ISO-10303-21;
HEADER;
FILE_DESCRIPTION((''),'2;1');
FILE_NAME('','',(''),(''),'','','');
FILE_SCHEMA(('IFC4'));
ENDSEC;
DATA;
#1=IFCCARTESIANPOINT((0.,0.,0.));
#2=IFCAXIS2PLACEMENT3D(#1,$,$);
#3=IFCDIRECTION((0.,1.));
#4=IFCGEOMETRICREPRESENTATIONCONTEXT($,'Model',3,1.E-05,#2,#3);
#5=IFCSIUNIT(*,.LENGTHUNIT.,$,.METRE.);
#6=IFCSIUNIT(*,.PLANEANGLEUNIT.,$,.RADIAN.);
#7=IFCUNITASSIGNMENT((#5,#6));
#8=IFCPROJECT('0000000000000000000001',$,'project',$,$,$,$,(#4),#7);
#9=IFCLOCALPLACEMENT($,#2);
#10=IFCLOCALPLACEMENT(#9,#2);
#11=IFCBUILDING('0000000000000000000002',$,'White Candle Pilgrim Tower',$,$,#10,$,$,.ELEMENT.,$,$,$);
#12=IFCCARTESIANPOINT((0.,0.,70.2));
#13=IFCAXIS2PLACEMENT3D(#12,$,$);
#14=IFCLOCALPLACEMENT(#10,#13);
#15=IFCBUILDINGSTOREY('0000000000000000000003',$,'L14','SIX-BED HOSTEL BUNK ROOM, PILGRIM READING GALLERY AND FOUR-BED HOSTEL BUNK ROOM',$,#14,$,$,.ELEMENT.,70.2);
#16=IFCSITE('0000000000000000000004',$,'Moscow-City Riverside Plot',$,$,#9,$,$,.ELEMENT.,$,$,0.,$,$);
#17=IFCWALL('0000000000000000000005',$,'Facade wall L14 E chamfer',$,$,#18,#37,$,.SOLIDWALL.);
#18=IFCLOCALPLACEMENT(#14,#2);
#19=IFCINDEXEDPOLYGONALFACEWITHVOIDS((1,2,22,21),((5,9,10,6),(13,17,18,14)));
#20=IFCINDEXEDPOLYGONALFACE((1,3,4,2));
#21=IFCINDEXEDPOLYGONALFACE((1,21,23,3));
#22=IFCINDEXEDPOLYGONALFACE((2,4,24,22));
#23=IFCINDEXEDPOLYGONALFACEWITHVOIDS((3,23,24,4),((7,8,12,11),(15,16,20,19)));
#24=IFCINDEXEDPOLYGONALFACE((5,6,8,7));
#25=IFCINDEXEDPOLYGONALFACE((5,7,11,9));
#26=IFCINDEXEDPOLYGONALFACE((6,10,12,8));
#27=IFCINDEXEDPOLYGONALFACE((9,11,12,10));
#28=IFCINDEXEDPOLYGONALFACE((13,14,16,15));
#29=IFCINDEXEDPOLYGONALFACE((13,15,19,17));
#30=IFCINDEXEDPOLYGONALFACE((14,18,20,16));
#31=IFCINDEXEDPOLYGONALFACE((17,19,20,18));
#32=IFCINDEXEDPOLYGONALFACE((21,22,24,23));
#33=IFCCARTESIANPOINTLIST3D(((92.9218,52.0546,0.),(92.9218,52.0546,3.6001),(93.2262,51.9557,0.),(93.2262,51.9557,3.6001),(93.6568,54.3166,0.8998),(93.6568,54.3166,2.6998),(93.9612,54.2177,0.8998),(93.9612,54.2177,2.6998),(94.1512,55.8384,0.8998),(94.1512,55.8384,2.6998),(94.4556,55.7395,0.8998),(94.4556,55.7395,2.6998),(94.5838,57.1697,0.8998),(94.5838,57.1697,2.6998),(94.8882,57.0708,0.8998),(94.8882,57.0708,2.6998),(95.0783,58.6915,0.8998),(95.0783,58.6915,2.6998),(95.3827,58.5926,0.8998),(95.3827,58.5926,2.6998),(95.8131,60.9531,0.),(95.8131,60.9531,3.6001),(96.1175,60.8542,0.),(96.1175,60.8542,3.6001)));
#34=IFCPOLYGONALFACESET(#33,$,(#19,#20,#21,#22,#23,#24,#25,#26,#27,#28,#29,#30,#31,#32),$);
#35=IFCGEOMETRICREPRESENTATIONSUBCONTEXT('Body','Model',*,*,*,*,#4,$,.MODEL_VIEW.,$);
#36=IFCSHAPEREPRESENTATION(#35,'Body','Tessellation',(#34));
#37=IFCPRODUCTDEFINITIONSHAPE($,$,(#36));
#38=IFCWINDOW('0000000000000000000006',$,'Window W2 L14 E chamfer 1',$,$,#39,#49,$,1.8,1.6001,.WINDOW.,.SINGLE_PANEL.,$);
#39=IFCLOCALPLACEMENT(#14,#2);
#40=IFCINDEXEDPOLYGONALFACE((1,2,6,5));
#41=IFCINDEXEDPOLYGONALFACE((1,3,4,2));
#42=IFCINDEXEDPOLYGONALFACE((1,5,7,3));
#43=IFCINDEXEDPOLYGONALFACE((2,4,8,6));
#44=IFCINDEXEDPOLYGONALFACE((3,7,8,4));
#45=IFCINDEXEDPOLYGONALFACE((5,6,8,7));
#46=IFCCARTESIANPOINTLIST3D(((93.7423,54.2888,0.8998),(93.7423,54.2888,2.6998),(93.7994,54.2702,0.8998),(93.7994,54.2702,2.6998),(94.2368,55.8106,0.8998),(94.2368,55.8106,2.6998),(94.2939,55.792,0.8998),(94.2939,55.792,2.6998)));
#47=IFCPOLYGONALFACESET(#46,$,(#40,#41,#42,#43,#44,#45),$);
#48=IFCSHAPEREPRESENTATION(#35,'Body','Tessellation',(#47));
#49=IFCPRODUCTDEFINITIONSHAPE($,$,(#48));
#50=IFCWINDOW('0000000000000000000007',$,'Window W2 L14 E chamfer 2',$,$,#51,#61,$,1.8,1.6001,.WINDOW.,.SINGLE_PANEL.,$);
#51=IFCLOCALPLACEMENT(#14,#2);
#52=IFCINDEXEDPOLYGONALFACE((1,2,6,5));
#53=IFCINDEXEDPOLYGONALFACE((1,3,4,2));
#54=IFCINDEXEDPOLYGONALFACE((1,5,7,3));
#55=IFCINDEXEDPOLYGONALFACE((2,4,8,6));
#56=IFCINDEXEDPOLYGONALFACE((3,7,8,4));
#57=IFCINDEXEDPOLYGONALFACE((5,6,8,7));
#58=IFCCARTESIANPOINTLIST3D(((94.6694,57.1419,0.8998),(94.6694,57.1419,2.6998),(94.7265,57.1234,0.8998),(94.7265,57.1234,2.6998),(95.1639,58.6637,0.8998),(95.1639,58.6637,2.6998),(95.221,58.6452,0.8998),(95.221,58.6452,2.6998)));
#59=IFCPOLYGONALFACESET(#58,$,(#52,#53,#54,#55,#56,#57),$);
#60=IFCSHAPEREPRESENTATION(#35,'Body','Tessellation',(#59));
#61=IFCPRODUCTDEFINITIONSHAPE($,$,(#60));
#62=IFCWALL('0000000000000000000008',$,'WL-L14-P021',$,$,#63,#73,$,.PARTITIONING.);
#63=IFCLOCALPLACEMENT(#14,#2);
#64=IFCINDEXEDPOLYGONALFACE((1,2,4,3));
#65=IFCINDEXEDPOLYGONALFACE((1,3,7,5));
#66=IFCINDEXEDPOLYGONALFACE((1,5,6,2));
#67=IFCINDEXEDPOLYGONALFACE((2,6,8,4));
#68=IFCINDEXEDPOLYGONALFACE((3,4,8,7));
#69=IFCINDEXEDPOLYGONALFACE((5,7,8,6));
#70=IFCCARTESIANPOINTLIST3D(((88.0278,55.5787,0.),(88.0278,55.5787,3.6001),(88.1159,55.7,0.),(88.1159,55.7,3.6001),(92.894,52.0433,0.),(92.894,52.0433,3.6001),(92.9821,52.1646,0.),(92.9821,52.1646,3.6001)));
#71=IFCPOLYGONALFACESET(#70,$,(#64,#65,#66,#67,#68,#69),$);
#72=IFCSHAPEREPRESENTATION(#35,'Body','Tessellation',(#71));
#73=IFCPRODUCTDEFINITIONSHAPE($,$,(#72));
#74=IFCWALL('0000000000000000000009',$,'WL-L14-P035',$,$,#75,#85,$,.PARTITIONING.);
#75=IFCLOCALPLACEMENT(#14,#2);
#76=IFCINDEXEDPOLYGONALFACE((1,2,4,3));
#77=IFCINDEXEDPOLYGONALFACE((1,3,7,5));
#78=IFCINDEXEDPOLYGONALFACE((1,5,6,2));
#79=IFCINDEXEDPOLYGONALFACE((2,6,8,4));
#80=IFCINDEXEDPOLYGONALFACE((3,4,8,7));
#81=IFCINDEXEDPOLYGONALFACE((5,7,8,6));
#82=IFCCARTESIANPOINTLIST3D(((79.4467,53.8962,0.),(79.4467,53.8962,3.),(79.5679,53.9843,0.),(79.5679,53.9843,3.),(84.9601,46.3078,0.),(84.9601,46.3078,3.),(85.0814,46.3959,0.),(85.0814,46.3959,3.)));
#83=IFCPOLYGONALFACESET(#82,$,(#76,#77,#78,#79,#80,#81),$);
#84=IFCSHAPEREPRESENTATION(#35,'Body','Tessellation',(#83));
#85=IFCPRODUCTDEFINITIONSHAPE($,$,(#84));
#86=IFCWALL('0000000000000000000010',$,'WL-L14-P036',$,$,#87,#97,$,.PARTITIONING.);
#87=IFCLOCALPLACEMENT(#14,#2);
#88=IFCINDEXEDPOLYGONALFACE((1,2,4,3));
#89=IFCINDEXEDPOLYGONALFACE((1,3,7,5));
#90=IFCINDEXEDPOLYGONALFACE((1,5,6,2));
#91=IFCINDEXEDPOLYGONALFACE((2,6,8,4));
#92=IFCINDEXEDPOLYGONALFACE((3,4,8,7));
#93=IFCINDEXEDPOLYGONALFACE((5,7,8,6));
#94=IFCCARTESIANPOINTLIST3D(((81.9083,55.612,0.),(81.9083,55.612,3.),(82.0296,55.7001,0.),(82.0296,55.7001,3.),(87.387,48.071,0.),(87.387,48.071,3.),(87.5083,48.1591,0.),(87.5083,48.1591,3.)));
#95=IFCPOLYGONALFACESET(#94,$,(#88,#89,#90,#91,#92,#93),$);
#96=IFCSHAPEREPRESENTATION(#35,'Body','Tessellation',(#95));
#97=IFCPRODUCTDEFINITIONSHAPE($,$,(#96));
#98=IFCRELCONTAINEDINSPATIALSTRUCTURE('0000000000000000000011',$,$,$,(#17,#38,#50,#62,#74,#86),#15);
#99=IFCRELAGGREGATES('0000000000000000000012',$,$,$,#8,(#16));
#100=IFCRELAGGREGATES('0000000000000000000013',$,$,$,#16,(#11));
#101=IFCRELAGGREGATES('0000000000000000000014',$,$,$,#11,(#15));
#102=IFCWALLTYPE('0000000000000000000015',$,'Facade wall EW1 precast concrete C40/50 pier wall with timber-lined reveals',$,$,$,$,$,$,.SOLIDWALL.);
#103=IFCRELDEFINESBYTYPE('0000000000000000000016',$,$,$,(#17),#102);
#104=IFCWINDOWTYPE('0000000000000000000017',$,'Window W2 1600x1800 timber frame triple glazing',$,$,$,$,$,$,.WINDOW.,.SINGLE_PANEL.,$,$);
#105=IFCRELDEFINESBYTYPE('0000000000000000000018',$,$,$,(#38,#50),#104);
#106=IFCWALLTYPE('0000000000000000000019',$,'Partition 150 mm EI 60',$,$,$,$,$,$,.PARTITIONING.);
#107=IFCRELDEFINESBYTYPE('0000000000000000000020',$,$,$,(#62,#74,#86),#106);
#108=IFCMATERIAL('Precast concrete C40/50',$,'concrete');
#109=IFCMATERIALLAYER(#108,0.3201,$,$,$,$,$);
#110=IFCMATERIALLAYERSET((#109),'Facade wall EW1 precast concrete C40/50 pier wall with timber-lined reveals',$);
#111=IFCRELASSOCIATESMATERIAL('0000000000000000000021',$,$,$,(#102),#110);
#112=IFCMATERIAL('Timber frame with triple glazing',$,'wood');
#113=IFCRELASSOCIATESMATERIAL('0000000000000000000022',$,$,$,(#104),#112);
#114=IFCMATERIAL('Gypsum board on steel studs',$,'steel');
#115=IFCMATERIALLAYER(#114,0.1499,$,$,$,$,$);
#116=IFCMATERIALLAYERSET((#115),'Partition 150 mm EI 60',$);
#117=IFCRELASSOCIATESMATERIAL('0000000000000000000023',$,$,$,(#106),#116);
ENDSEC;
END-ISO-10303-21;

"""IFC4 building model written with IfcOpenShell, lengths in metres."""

from ifc_helpers import new_model, si_unit, direction, frame, frame_2d, origin, place, context, subcontext, project, spatial, rectangle, extrude, material, layer, layer_set, type_object, element, fill, save


model = new_model("IFC4")

# Units and contexts
model_context = context("Model", 3, precision=1e-05, world=origin(), true_north=direction((0.0, 1.0)))
body_context = subcontext(model_context, "Body", "Model", "MODEL_VIEW")
ifc_project = project(units=[si_unit("LENGTHUNIT", "METRE"), si_unit("PLANEANGLEUNIT", "RADIAN")], contexts=[model_context])

# Site, building, storey
site_placement = place(None, origin())
site = spatial("IfcSite", under=ifc_project, at=site_placement, Name="Moscow-City Riverside Plot", CompositionType="ELEMENT", RefElevation=0.0)
building_placement = place(site_placement, origin())
building = spatial("IfcBuilding", under=site, at=building_placement, Name="White Candle Pilgrim Tower", CompositionType="ELEMENT")
storey_placement = place(building_placement, frame((0.0, 0.0, 70.2)))
storey = spatial("IfcBuildingStorey", under=building, at=storey_placement, Name="L14", Description="SIX-BED HOSTEL BUNK ROOM, PILGRIM READING GALLERY AND FOUR-BED HOSTEL BUNK ROOM", CompositionType="ELEMENT", Elevation=70.2)

# Shared definitions
ifc_material_1 = material(Name="Gypsum board on steel studs", Category="steel")

# Wall, openings, windows
ifc_material_2 = material(Name="Precast concrete C40/50", Category="concrete")
ifc_layer_1 = layer(ifc_material_2, 0.3201)
ifc_layer_set_1 = layer_set([ifc_layer_1], Name="Facade wall EW1 precast concrete C40/50 pier wall with timber-lined reveals")
wall_type_1 = type_object("IfcWallType", Name="Facade wall EW1 precast concrete C40/50 pier wall with timber-lined reveals", PredefinedType="SOLIDWALL", material=ifc_layer_set_1)
wall_1_placement = place(storey_placement, frame((93.074, 52.0051, 0.0), z_axis=(0.0, 0.0, 1.0), x_axis=(0.309025, 0.951054, 0.0)))
wall_1 = element("IfcWall", 1, at=wall_1_placement, inside=storey, type_object=wall_type_1, Name="Facade wall L14 E chamfer", PredefinedType="SOLIDWALL", context=body_context, shape_type="SweptSolid", body=[
    extrude(rectangle(XDim=9.3564, YDim=0.3201, at=frame_2d((4.6782, 0.0))), origin(), (0.0, 0.0, 1.0), 3.6001),
])
opening_1_placement = place(wall_1_placement, frame((2.3784, 0.0, 0.8999)))
opening_1 = element("IfcOpeningElement", 2, at=opening_1_placement, cuts=wall_1, PredefinedType="OPENING", context=body_context, shape_type="SweptSolid", body=[
    extrude(rectangle(XDim=1.6001, YDim=1.8, at=frame_2d((0.8, 0.8999))), frame((0.0, 0.1699, 0.0), z_axis=(0.0, -1.0, 0.0), x_axis=(1.0, 0.0, 0.0)), (0.0, 0.0, 1.0), 0.3401),
])
opening_2_placement = place(wall_1_placement, frame((5.3784, 0.0, 0.8999)))
opening_2 = element("IfcOpeningElement", 3, at=opening_2_placement, cuts=wall_1, PredefinedType="OPENING", context=body_context, shape_type="SweptSolid", body=[
    extrude(rectangle(XDim=1.6001, YDim=1.8, at=frame_2d((0.8, 0.8999))), frame((0.0, 0.1699, 0.0), z_axis=(0.0, -1.0, 0.0), x_axis=(1.0, 0.0, 0.0)), (0.0, 0.0, 1.0), 0.3401),
])
ifc_material_3 = material(Name="Timber frame with triple glazing", Category="wood")
window_type = type_object("IfcWindowType", Name="Window W2 1600x1800 timber frame triple glazing", PartitioningType="SINGLE_PANEL", PredefinedType="WINDOW", material=ifc_material_3)
window_1_placement = place(opening_1_placement, origin())
window_1 = element("IfcWindow", 4, at=window_1_placement, inside=storey, type_object=window_type, Name="Window W2 L14 E chamfer 1", OverallHeight=1.8, OverallWidth=1.6001, PartitioningType="SINGLE_PANEL", PredefinedType="WINDOW", context=body_context, shape_type="SweptSolid", body=[
    extrude(rectangle(XDim=1.6001, YDim=1.8, at=frame_2d((0.8, 0.8999))), frame((0.0, 0.0701, 0.0), z_axis=(0.0, -1.0, 0.0), x_axis=(1.0, 0.0, 0.0)), (0.0, 0.0, 1.0), 0.0601),
])
fill(opening_1, window_1)
window_2_placement = place(opening_2_placement, origin())
window_2 = element("IfcWindow", 5, at=window_2_placement, inside=storey, type_object=window_type, Name="Window W2 L14 E chamfer 2", OverallHeight=1.8, OverallWidth=1.6001, PartitioningType="SINGLE_PANEL", PredefinedType="WINDOW", context=body_context, shape_type="SweptSolid", body=[
    extrude(rectangle(XDim=1.6001, YDim=1.8, at=frame_2d((0.8, 0.8999))), frame((0.0, 0.0701, 0.0), z_axis=(0.0, -1.0, 0.0), x_axis=(1.0, 0.0, 0.0)), (0.0, 0.0, 1.0), 0.0601),
])
fill(opening_2, window_2)

# Walls
ifc_layer_2 = layer(ifc_material_1, 0.1499)
ifc_layer_set_2 = layer_set([ifc_layer_2], Name="Partition 150 mm EI 60")
wall_type_2 = type_object("IfcWallType", Name="Partition 150 mm EI 60", PredefinedType="PARTITIONING", material=ifc_layer_set_2)
wall_2_placement = place(storey_placement, frame((92.938, 52.104, 0.0), z_axis=(0.0, 0.0, 1.0), x_axis=(-0.809026, 0.587773, 0.0)))
element("IfcWall", 6, at=wall_2_placement, inside=storey, type_object=wall_type_2, Name="WL-L14-P021", PredefinedType="PARTITIONING", context=body_context, shape_type="SweptSolid", body=[
    extrude(rectangle(XDim=6.0149, YDim=0.1499, at=frame_2d((3.0073, 0.0))), origin(), (0.0, 0.0, 1.0), 3.6001),
])
wall_3_placement = place(storey_placement, frame((85.0208, 46.3518, 0.0), z_axis=(0.0, 0.0, 1.0), x_axis=(-0.587796, 0.80901, 0.0)))
element("IfcWall", 7, at=wall_3_placement, inside=storey, type_object=wall_type_2, Name="WL-L14-P035", PredefinedType="PARTITIONING", context=body_context, shape_type="SweptSolid", body=[
    extrude(rectangle(XDim=9.3799, YDim=0.1499, at=frame_2d((4.6899, 0.0))), origin(), (0.0, 0.0, 1.0), 3.0),
])
wall_4_placement = place(storey_placement, frame((87.4478, 48.115, 0.0), z_axis=(0.0, 0.0, 1.0), x_axis=(-0.587778, 0.809023, 0.0)))
element("IfcWall", 8, at=wall_4_placement, inside=storey, type_object=wall_type_2, Name="WL-L14-P036", PredefinedType="PARTITIONING", context=body_context, shape_type="SweptSolid", body=[
    extrude(rectangle(XDim=9.321, YDim=0.1499, at=frame_2d((4.6606, 0.0))), origin(), (0.0, 0.0, 1.0), 3.0),
])

save(model, "model.ifc")
